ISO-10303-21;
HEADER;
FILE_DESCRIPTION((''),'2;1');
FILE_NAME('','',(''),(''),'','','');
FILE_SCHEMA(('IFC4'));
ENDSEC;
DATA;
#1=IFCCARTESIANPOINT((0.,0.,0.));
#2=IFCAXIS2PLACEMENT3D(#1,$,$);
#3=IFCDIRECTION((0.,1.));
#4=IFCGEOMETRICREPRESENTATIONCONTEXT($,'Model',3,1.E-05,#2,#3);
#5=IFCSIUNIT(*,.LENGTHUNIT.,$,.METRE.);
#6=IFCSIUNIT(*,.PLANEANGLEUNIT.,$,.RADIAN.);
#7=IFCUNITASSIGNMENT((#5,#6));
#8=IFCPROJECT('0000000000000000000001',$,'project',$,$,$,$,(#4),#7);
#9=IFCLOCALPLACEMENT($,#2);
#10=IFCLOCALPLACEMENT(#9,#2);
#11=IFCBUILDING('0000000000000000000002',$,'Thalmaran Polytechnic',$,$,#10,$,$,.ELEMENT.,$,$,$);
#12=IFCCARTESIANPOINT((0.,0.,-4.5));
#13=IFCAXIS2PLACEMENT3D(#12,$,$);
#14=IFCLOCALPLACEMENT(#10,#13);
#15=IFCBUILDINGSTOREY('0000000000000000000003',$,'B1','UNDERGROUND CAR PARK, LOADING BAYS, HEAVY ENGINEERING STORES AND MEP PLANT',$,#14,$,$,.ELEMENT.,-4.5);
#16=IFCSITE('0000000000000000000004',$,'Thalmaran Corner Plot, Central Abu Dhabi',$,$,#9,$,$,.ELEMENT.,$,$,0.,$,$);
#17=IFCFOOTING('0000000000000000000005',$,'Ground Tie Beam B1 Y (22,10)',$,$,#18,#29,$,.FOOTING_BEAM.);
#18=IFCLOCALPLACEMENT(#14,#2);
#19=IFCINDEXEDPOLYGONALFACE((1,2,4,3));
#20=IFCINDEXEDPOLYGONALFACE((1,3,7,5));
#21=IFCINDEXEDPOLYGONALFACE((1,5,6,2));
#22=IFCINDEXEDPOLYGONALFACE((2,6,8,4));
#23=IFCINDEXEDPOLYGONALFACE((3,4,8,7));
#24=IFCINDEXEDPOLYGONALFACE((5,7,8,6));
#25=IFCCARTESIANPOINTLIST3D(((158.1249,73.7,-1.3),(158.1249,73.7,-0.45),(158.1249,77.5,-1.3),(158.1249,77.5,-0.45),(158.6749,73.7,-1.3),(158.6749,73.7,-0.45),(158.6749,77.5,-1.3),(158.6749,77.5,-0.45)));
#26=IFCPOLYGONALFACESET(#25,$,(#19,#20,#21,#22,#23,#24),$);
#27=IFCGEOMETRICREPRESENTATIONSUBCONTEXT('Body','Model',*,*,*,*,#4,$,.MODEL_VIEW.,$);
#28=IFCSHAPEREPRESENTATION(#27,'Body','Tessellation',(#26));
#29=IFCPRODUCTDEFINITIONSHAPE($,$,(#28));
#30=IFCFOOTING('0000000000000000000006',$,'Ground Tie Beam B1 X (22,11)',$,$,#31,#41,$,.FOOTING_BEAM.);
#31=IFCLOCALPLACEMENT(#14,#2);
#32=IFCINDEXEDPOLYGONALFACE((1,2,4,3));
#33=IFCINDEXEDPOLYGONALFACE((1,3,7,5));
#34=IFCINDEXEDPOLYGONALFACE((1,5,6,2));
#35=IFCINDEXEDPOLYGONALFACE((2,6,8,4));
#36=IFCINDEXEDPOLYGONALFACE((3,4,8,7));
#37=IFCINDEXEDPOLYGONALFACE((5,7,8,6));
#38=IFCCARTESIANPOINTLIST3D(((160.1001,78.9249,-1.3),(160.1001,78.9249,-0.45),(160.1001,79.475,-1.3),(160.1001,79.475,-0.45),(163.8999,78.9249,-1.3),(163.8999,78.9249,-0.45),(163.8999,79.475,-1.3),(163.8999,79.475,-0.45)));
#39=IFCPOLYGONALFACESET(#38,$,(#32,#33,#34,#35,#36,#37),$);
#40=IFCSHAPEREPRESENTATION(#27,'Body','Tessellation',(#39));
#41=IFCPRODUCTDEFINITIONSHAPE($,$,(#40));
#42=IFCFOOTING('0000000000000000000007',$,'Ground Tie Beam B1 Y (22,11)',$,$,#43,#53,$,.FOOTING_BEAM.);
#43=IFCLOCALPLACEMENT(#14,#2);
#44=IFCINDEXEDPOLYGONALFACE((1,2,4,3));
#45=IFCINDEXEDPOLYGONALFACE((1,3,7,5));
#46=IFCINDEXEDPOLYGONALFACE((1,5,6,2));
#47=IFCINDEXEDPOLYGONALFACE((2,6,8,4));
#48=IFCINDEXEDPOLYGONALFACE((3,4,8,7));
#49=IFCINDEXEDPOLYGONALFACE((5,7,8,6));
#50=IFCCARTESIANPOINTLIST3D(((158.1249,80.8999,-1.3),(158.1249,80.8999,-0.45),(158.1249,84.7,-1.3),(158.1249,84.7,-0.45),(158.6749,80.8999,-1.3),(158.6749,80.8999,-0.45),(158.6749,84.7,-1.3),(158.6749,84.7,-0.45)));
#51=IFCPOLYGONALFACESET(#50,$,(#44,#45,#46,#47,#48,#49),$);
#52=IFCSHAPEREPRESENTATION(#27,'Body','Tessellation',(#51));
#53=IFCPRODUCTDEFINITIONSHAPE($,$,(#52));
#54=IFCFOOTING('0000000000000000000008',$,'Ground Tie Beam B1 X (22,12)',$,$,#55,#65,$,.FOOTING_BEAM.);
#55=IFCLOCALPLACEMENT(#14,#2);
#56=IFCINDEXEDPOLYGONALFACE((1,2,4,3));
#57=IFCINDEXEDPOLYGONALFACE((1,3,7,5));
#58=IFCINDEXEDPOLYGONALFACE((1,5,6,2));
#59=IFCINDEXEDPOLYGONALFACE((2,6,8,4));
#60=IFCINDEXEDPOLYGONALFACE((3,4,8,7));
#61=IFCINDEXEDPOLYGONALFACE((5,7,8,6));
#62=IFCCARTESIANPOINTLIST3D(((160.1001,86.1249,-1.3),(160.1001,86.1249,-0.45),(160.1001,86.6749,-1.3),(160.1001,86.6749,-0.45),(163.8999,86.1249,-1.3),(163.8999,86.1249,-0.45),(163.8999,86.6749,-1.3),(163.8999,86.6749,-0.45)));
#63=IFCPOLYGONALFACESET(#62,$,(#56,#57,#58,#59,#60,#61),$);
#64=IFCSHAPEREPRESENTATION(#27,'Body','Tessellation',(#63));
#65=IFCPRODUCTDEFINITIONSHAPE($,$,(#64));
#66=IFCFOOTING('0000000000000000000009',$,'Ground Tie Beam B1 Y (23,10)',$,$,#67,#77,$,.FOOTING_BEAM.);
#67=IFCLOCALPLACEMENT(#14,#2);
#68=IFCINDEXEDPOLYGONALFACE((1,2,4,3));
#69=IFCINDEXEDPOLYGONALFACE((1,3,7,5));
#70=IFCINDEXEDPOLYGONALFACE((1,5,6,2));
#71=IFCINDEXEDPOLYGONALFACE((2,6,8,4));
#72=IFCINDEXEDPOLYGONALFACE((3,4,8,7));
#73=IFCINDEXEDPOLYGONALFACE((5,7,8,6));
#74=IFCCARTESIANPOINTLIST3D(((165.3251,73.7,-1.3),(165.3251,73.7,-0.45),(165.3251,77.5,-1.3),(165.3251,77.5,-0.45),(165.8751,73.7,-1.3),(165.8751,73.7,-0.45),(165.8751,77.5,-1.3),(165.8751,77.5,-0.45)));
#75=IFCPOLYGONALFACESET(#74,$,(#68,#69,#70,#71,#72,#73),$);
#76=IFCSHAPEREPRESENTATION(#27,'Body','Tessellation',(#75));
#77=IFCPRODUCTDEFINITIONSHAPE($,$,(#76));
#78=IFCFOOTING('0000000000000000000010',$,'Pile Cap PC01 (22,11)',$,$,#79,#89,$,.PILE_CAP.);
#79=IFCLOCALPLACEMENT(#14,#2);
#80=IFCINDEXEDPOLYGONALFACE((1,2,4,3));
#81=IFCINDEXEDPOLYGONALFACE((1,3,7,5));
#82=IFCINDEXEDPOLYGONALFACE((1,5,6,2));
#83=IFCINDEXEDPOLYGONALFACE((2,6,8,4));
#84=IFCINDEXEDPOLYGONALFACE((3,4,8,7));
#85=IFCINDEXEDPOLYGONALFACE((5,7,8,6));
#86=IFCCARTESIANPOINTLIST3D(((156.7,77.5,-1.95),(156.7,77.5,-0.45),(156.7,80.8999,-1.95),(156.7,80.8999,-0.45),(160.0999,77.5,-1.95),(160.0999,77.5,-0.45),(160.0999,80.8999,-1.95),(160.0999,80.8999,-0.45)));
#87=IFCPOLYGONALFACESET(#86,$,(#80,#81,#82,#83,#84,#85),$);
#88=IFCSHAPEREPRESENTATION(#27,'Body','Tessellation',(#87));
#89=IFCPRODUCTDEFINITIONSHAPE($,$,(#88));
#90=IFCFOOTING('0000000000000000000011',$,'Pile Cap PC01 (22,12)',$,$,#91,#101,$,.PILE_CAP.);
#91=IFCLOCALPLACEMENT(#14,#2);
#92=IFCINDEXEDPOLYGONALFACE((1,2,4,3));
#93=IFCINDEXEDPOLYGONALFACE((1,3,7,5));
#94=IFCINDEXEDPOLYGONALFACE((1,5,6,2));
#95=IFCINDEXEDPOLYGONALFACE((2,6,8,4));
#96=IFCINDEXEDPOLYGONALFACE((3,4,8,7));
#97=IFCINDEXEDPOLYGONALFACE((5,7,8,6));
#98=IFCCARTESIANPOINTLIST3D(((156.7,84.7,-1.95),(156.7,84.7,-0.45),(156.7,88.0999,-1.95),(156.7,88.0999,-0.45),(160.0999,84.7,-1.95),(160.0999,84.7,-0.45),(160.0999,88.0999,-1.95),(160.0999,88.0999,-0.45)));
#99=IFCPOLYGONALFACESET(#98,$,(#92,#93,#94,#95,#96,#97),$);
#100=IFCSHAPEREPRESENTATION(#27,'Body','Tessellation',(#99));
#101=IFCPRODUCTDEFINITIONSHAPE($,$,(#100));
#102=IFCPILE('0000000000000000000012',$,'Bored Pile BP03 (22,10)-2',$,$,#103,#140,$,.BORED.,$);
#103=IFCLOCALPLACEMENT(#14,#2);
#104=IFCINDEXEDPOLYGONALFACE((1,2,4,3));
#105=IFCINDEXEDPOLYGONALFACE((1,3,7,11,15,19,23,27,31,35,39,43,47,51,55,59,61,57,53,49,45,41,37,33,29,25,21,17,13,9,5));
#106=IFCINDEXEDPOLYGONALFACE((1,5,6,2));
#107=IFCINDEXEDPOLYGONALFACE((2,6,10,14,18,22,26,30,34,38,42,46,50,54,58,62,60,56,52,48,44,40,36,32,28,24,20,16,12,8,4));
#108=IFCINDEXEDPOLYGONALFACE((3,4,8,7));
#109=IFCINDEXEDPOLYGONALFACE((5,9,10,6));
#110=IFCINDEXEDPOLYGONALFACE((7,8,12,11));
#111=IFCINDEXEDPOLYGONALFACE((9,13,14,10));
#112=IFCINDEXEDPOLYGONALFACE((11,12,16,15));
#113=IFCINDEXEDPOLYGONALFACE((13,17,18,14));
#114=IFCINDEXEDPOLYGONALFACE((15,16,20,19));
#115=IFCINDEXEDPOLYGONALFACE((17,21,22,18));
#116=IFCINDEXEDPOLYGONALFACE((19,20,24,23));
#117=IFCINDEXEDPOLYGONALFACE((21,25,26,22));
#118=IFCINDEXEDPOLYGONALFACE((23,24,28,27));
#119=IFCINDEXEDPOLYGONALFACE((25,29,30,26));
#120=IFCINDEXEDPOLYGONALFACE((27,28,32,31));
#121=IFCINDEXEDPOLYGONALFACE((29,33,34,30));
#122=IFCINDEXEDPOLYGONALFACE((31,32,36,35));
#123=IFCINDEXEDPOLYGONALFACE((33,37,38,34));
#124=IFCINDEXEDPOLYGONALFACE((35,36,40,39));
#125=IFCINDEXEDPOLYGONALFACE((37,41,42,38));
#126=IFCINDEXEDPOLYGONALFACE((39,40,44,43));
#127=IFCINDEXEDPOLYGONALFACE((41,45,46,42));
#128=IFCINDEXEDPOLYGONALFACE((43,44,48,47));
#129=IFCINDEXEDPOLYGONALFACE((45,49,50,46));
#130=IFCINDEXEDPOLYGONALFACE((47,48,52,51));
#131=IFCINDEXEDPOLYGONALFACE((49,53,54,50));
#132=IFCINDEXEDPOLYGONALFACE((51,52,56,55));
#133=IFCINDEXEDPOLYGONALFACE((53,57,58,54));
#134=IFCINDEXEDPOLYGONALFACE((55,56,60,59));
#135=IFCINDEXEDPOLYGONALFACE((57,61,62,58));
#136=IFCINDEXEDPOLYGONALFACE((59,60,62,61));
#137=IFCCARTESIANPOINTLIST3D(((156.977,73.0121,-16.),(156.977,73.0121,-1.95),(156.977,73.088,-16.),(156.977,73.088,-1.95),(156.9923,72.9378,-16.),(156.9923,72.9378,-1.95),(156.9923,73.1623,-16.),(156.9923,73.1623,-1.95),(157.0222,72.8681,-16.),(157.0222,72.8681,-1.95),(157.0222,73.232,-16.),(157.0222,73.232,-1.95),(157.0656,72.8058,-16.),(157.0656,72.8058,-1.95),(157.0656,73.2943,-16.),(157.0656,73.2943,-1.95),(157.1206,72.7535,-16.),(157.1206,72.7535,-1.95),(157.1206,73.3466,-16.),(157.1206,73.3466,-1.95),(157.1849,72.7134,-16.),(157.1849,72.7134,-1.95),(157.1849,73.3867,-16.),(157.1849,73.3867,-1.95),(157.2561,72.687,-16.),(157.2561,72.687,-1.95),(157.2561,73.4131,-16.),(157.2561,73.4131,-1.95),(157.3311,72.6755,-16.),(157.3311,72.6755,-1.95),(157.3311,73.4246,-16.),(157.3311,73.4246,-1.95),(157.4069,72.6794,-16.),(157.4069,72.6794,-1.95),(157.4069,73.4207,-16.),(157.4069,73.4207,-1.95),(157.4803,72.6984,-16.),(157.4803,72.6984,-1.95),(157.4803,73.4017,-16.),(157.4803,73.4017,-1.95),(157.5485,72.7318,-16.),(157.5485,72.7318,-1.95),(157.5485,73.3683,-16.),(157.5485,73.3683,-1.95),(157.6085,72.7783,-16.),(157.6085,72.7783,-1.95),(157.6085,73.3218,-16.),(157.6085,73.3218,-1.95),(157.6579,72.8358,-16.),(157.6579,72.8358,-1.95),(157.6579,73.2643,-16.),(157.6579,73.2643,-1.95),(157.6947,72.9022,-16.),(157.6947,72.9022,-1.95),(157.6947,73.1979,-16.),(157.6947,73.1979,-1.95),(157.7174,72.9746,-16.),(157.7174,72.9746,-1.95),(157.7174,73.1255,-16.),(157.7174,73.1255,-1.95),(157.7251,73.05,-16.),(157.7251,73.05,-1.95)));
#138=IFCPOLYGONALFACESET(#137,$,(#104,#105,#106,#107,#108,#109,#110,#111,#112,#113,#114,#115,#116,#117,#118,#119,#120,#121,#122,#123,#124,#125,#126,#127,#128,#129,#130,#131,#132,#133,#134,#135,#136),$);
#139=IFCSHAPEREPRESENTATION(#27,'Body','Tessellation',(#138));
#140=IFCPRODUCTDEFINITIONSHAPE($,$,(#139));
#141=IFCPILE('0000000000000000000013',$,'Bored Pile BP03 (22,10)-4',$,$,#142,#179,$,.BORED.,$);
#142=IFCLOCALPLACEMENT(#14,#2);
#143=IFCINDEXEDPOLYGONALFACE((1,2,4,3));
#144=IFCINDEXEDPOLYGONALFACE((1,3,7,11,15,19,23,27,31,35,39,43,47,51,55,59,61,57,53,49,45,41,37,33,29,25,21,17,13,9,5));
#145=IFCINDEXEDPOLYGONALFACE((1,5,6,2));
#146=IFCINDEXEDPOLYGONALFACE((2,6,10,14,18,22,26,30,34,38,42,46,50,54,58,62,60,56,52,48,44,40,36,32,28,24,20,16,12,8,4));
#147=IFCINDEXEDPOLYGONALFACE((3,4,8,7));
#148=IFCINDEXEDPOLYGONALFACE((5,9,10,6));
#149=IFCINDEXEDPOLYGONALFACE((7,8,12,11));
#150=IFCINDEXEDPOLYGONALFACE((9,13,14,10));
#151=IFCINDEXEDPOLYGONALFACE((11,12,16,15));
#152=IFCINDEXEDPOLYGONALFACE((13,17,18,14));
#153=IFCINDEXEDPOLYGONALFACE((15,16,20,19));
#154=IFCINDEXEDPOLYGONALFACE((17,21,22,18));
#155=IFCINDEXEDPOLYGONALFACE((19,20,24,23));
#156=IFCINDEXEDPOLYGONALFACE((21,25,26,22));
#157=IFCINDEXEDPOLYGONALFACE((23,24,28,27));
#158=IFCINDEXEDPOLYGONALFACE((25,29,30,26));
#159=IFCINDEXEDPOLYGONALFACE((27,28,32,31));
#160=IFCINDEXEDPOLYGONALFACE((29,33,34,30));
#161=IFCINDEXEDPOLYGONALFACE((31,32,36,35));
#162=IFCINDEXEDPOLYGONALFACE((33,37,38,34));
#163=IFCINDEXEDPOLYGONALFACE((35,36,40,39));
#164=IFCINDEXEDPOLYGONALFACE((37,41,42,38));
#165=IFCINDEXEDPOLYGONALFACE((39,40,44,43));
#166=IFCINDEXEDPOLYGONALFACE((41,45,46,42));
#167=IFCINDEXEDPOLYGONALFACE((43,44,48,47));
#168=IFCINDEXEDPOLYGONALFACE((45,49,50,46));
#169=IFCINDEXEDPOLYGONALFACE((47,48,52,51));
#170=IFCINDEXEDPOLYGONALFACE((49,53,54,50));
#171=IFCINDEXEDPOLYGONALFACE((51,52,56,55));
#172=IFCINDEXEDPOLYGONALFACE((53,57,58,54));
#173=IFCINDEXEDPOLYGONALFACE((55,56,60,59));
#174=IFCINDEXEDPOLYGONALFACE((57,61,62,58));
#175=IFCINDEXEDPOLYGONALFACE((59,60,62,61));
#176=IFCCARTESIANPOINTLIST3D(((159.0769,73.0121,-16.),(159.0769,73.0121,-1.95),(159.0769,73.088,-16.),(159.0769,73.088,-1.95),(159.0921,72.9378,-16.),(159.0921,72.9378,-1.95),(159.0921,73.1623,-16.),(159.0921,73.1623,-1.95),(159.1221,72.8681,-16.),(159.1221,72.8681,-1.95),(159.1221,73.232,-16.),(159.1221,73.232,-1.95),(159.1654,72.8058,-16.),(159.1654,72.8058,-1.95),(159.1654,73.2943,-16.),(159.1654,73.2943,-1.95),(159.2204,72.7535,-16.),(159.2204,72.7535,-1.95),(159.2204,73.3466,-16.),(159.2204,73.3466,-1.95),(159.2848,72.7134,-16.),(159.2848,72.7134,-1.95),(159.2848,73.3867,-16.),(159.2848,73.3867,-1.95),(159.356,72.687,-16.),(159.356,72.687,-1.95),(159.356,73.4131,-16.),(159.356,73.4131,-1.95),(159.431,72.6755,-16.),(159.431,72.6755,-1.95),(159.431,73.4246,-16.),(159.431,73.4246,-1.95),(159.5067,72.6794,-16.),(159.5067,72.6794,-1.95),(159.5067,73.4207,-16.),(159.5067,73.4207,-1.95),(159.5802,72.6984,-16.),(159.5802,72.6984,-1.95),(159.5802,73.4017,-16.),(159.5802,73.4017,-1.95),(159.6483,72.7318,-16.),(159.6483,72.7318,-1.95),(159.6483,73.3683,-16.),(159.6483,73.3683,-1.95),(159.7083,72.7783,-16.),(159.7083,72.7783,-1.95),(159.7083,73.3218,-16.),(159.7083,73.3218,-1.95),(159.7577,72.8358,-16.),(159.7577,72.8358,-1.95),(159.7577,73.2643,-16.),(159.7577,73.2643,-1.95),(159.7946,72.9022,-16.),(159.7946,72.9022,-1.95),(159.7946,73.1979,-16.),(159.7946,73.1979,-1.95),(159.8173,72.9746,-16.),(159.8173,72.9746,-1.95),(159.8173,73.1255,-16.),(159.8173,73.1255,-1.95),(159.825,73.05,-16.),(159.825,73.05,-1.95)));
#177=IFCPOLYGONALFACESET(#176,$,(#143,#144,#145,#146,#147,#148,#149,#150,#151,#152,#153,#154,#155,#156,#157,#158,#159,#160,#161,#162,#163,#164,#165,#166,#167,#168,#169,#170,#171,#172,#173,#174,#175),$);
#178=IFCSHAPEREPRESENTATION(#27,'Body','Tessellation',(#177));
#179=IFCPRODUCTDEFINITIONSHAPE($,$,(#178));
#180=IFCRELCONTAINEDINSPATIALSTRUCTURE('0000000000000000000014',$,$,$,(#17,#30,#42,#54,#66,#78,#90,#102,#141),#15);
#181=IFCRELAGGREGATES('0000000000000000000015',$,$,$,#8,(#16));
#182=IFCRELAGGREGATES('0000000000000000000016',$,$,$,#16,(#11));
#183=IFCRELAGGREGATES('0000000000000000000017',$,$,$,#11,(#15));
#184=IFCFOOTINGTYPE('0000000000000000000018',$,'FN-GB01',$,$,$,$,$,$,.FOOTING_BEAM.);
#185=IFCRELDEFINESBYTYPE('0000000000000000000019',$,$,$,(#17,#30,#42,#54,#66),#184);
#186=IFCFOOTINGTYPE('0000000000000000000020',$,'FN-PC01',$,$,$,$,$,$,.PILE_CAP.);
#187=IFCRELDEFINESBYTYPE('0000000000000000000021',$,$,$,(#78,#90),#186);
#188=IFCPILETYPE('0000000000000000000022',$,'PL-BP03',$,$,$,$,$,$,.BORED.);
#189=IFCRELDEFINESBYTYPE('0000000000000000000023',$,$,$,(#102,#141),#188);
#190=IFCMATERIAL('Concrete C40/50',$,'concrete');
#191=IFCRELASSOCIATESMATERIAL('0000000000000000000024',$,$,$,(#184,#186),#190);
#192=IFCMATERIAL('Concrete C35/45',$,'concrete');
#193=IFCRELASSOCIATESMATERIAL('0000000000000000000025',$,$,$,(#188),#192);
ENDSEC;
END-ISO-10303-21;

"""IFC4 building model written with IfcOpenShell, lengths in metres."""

from ifc_helpers import new_model, si_unit, direction, frame, origin, origin_2d, place, context, subcontext, project, spatial, rectangle, circle, extrude, material, material_profile, profile_set, type_object, element, save


model = new_model("IFC4")

# Units and contexts
model_context = context("Model", 3, precision=1e-05, world=origin(), true_north=direction((0.0, 1.0)))
body_context = subcontext(model_context, "Body", "Model", "MODEL_VIEW")
ifc_project = project(units=[si_unit("LENGTHUNIT", "METRE"), si_unit("PLANEANGLEUNIT", "RADIAN")], contexts=[model_context])

# Site, building, storey
site_placement = place(None, origin())
site = spatial("IfcSite", under=ifc_project, at=site_placement, Name="Thalmaran Corner Plot, Central Abu Dhabi", CompositionType="ELEMENT", RefElevation=0.0)
building_placement = place(site_placement, origin())
building = spatial("IfcBuilding", under=site, at=building_placement, Name="Thalmaran Polytechnic", CompositionType="ELEMENT")
storey_placement = place(building_placement, frame((0.0, 0.0, -4.5)))
storey = spatial("IfcBuildingStorey", under=building, at=storey_placement, Name="B1", Description="UNDERGROUND CAR PARK, LOADING BAYS, HEAVY ENGINEERING STORES AND MEP PLANT", CompositionType="ELEMENT", Elevation=-4.5)

# Footings
ifc_material_1 = material(Name="Concrete C40/50", Category="concrete")
ifc_material_profile_1 = material_profile(ifc_material_1, rectangle(XDim=0.55, YDim=0.8501, at=origin_2d()), Name="RC 550x850")
ifc_profile_set_1 = profile_set([ifc_material_profile_1], Name="Concrete C40/50")
footing_type_1 = type_object("IfcFootingType", Name="FN-GB01", PredefinedType="FOOTING_BEAM", material=ifc_profile_set_1)
footing_1_placement = place(storey_placement, frame((158.3999, 73.7, -0.875), z_axis=(0.0, 1.0, 0.0), x_axis=(-1.0, 0.0, 0.0)))
element("IfcFooting", 1, at=footing_1_placement, inside=storey, type_object=footing_type_1, Name="Ground Tie Beam B1 Y (22,10)", PredefinedType="FOOTING_BEAM", context=body_context, shape_type="SweptSolid", body=[
    extrude(rectangle(XDim=0.55, YDim=0.8501, at=origin_2d()), origin(), (0.0, 0.0, 1.0), 3.8),
])
footing_2_placement = place(storey_placement, frame((160.1001, 79.2, -0.875), z_axis=(1.0, 0.0, 0.0), x_axis=(0.0, 1.0, 0.0)))
element("IfcFooting", 2, at=footing_2_placement, inside=storey, type_object=footing_type_1, Name="Ground Tie Beam B1 X (22,11)", PredefinedType="FOOTING_BEAM", context=body_context, shape_type="SweptSolid", body=[
    extrude(rectangle(XDim=0.55, YDim=0.8501, at=origin_2d()), origin(), (0.0, 0.0, 1.0), 3.7998),
])
footing_3_placement = place(storey_placement, frame((158.3999, 80.8999, -0.875), z_axis=(0.0, 1.0, 0.0), x_axis=(-1.0, 0.0, 0.0)))
element("IfcFooting", 3, at=footing_3_placement, inside=storey, type_object=footing_type_1, Name="Ground Tie Beam B1 Y (22,11)", PredefinedType="FOOTING_BEAM", context=body_context, shape_type="SweptSolid", body=[
    extrude(rectangle(XDim=0.55, YDim=0.8501, at=origin_2d()), origin(), (0.0, 0.0, 1.0), 3.8),
])
footing_4_placement = place(storey_placement, frame((160.1001, 86.3999, -0.875), z_axis=(1.0, 0.0, 0.0), x_axis=(0.0, 1.0, 0.0)))
element("IfcFooting", 4, at=footing_4_placement, inside=storey, type_object=footing_type_1, Name="Ground Tie Beam B1 X (22,12)", PredefinedType="FOOTING_BEAM", context=body_context, shape_type="SweptSolid", body=[
    extrude(rectangle(XDim=0.55, YDim=0.8501, at=origin_2d()), origin(), (0.0, 0.0, 1.0), 3.7998),
])
footing_5_placement = place(storey_placement, frame((165.6001, 73.7, -0.875), z_axis=(0.0, 1.0, 0.0), x_axis=(-1.0, 0.0, 0.0)))
element("IfcFooting", 5, at=footing_5_placement, inside=storey, type_object=footing_type_1, Name="Ground Tie Beam B1 Y (23,10)", PredefinedType="FOOTING_BEAM", context=body_context, shape_type="SweptSolid", body=[
    extrude(rectangle(XDim=0.55, YDim=0.8501, at=origin_2d()), origin(), (0.0, 0.0, 1.0), 3.8),
])
footing_type_2 = type_object("IfcFootingType", Name="FN-PC01", PredefinedType="PILE_CAP", material=ifc_material_1)
for number, where, z_axis, x_axis, name in (
    (6, (158.3999, 79.2, -1.95), (0.0, 0.0, 1.0), (1.0, 0.0, 0.0), "Pile Cap PC01 (22,11)"),
    (7, (158.3999, 86.3999, -1.95), (0.0, 0.0, 1.0), (1.0, 0.0, 0.0), "Pile Cap PC01 (22,12)"),
):
    element("IfcFooting", number, at=place(storey_placement, frame(where, z_axis=z_axis, x_axis=x_axis)), inside=storey, type_object=footing_type_2, Name=name, PredefinedType="PILE_CAP", context=body_context, shape_type="SweptSolid", body=[
        extrude(rectangle(XDim=3.3999, YDim=3.3999, at=origin_2d()), origin(), (0.0, 0.0, 1.0), 1.5),
    ])

# Piles
ifc_material_2 = material(Name="Concrete C35/45", Category="concrete")
ifc_material_profile_2 = material_profile(ifc_material_2, circle(Radius=0.375, at=origin_2d()), Name="RC 750 DIA")
ifc_profile_set_2 = profile_set([ifc_material_profile_2], Name="Concrete C35/45")
pile_type = type_object("IfcPileType", Name="PL-BP03", PredefinedType="BORED", material=ifc_profile_set_2)
for number, where, z_axis, x_axis, name in (
    (8, (157.3501, 73.05, -1.95), (0.0, 0.0, -1.0), (1.0, 0.0, 0.0), "Bored Pile BP03 (22,10)-2"),
    (9, (159.45, 73.05, -1.95), (0.0, 0.0, -1.0), (1.0, 0.0, 0.0), "Bored Pile BP03 (22,10)-4"),
):
    element("IfcPile", number, at=place(storey_placement, frame(where, z_axis=z_axis, x_axis=x_axis)), inside=storey, type_object=pile_type, Name=name, PredefinedType="BORED", context=body_context, shape_type="SweptSolid", body=[
        extrude(circle(Radius=0.375, at=origin_2d()), origin(), (0.0, 0.0, 1.0), 14.05),
    ])

save(model, "model.ifc")
